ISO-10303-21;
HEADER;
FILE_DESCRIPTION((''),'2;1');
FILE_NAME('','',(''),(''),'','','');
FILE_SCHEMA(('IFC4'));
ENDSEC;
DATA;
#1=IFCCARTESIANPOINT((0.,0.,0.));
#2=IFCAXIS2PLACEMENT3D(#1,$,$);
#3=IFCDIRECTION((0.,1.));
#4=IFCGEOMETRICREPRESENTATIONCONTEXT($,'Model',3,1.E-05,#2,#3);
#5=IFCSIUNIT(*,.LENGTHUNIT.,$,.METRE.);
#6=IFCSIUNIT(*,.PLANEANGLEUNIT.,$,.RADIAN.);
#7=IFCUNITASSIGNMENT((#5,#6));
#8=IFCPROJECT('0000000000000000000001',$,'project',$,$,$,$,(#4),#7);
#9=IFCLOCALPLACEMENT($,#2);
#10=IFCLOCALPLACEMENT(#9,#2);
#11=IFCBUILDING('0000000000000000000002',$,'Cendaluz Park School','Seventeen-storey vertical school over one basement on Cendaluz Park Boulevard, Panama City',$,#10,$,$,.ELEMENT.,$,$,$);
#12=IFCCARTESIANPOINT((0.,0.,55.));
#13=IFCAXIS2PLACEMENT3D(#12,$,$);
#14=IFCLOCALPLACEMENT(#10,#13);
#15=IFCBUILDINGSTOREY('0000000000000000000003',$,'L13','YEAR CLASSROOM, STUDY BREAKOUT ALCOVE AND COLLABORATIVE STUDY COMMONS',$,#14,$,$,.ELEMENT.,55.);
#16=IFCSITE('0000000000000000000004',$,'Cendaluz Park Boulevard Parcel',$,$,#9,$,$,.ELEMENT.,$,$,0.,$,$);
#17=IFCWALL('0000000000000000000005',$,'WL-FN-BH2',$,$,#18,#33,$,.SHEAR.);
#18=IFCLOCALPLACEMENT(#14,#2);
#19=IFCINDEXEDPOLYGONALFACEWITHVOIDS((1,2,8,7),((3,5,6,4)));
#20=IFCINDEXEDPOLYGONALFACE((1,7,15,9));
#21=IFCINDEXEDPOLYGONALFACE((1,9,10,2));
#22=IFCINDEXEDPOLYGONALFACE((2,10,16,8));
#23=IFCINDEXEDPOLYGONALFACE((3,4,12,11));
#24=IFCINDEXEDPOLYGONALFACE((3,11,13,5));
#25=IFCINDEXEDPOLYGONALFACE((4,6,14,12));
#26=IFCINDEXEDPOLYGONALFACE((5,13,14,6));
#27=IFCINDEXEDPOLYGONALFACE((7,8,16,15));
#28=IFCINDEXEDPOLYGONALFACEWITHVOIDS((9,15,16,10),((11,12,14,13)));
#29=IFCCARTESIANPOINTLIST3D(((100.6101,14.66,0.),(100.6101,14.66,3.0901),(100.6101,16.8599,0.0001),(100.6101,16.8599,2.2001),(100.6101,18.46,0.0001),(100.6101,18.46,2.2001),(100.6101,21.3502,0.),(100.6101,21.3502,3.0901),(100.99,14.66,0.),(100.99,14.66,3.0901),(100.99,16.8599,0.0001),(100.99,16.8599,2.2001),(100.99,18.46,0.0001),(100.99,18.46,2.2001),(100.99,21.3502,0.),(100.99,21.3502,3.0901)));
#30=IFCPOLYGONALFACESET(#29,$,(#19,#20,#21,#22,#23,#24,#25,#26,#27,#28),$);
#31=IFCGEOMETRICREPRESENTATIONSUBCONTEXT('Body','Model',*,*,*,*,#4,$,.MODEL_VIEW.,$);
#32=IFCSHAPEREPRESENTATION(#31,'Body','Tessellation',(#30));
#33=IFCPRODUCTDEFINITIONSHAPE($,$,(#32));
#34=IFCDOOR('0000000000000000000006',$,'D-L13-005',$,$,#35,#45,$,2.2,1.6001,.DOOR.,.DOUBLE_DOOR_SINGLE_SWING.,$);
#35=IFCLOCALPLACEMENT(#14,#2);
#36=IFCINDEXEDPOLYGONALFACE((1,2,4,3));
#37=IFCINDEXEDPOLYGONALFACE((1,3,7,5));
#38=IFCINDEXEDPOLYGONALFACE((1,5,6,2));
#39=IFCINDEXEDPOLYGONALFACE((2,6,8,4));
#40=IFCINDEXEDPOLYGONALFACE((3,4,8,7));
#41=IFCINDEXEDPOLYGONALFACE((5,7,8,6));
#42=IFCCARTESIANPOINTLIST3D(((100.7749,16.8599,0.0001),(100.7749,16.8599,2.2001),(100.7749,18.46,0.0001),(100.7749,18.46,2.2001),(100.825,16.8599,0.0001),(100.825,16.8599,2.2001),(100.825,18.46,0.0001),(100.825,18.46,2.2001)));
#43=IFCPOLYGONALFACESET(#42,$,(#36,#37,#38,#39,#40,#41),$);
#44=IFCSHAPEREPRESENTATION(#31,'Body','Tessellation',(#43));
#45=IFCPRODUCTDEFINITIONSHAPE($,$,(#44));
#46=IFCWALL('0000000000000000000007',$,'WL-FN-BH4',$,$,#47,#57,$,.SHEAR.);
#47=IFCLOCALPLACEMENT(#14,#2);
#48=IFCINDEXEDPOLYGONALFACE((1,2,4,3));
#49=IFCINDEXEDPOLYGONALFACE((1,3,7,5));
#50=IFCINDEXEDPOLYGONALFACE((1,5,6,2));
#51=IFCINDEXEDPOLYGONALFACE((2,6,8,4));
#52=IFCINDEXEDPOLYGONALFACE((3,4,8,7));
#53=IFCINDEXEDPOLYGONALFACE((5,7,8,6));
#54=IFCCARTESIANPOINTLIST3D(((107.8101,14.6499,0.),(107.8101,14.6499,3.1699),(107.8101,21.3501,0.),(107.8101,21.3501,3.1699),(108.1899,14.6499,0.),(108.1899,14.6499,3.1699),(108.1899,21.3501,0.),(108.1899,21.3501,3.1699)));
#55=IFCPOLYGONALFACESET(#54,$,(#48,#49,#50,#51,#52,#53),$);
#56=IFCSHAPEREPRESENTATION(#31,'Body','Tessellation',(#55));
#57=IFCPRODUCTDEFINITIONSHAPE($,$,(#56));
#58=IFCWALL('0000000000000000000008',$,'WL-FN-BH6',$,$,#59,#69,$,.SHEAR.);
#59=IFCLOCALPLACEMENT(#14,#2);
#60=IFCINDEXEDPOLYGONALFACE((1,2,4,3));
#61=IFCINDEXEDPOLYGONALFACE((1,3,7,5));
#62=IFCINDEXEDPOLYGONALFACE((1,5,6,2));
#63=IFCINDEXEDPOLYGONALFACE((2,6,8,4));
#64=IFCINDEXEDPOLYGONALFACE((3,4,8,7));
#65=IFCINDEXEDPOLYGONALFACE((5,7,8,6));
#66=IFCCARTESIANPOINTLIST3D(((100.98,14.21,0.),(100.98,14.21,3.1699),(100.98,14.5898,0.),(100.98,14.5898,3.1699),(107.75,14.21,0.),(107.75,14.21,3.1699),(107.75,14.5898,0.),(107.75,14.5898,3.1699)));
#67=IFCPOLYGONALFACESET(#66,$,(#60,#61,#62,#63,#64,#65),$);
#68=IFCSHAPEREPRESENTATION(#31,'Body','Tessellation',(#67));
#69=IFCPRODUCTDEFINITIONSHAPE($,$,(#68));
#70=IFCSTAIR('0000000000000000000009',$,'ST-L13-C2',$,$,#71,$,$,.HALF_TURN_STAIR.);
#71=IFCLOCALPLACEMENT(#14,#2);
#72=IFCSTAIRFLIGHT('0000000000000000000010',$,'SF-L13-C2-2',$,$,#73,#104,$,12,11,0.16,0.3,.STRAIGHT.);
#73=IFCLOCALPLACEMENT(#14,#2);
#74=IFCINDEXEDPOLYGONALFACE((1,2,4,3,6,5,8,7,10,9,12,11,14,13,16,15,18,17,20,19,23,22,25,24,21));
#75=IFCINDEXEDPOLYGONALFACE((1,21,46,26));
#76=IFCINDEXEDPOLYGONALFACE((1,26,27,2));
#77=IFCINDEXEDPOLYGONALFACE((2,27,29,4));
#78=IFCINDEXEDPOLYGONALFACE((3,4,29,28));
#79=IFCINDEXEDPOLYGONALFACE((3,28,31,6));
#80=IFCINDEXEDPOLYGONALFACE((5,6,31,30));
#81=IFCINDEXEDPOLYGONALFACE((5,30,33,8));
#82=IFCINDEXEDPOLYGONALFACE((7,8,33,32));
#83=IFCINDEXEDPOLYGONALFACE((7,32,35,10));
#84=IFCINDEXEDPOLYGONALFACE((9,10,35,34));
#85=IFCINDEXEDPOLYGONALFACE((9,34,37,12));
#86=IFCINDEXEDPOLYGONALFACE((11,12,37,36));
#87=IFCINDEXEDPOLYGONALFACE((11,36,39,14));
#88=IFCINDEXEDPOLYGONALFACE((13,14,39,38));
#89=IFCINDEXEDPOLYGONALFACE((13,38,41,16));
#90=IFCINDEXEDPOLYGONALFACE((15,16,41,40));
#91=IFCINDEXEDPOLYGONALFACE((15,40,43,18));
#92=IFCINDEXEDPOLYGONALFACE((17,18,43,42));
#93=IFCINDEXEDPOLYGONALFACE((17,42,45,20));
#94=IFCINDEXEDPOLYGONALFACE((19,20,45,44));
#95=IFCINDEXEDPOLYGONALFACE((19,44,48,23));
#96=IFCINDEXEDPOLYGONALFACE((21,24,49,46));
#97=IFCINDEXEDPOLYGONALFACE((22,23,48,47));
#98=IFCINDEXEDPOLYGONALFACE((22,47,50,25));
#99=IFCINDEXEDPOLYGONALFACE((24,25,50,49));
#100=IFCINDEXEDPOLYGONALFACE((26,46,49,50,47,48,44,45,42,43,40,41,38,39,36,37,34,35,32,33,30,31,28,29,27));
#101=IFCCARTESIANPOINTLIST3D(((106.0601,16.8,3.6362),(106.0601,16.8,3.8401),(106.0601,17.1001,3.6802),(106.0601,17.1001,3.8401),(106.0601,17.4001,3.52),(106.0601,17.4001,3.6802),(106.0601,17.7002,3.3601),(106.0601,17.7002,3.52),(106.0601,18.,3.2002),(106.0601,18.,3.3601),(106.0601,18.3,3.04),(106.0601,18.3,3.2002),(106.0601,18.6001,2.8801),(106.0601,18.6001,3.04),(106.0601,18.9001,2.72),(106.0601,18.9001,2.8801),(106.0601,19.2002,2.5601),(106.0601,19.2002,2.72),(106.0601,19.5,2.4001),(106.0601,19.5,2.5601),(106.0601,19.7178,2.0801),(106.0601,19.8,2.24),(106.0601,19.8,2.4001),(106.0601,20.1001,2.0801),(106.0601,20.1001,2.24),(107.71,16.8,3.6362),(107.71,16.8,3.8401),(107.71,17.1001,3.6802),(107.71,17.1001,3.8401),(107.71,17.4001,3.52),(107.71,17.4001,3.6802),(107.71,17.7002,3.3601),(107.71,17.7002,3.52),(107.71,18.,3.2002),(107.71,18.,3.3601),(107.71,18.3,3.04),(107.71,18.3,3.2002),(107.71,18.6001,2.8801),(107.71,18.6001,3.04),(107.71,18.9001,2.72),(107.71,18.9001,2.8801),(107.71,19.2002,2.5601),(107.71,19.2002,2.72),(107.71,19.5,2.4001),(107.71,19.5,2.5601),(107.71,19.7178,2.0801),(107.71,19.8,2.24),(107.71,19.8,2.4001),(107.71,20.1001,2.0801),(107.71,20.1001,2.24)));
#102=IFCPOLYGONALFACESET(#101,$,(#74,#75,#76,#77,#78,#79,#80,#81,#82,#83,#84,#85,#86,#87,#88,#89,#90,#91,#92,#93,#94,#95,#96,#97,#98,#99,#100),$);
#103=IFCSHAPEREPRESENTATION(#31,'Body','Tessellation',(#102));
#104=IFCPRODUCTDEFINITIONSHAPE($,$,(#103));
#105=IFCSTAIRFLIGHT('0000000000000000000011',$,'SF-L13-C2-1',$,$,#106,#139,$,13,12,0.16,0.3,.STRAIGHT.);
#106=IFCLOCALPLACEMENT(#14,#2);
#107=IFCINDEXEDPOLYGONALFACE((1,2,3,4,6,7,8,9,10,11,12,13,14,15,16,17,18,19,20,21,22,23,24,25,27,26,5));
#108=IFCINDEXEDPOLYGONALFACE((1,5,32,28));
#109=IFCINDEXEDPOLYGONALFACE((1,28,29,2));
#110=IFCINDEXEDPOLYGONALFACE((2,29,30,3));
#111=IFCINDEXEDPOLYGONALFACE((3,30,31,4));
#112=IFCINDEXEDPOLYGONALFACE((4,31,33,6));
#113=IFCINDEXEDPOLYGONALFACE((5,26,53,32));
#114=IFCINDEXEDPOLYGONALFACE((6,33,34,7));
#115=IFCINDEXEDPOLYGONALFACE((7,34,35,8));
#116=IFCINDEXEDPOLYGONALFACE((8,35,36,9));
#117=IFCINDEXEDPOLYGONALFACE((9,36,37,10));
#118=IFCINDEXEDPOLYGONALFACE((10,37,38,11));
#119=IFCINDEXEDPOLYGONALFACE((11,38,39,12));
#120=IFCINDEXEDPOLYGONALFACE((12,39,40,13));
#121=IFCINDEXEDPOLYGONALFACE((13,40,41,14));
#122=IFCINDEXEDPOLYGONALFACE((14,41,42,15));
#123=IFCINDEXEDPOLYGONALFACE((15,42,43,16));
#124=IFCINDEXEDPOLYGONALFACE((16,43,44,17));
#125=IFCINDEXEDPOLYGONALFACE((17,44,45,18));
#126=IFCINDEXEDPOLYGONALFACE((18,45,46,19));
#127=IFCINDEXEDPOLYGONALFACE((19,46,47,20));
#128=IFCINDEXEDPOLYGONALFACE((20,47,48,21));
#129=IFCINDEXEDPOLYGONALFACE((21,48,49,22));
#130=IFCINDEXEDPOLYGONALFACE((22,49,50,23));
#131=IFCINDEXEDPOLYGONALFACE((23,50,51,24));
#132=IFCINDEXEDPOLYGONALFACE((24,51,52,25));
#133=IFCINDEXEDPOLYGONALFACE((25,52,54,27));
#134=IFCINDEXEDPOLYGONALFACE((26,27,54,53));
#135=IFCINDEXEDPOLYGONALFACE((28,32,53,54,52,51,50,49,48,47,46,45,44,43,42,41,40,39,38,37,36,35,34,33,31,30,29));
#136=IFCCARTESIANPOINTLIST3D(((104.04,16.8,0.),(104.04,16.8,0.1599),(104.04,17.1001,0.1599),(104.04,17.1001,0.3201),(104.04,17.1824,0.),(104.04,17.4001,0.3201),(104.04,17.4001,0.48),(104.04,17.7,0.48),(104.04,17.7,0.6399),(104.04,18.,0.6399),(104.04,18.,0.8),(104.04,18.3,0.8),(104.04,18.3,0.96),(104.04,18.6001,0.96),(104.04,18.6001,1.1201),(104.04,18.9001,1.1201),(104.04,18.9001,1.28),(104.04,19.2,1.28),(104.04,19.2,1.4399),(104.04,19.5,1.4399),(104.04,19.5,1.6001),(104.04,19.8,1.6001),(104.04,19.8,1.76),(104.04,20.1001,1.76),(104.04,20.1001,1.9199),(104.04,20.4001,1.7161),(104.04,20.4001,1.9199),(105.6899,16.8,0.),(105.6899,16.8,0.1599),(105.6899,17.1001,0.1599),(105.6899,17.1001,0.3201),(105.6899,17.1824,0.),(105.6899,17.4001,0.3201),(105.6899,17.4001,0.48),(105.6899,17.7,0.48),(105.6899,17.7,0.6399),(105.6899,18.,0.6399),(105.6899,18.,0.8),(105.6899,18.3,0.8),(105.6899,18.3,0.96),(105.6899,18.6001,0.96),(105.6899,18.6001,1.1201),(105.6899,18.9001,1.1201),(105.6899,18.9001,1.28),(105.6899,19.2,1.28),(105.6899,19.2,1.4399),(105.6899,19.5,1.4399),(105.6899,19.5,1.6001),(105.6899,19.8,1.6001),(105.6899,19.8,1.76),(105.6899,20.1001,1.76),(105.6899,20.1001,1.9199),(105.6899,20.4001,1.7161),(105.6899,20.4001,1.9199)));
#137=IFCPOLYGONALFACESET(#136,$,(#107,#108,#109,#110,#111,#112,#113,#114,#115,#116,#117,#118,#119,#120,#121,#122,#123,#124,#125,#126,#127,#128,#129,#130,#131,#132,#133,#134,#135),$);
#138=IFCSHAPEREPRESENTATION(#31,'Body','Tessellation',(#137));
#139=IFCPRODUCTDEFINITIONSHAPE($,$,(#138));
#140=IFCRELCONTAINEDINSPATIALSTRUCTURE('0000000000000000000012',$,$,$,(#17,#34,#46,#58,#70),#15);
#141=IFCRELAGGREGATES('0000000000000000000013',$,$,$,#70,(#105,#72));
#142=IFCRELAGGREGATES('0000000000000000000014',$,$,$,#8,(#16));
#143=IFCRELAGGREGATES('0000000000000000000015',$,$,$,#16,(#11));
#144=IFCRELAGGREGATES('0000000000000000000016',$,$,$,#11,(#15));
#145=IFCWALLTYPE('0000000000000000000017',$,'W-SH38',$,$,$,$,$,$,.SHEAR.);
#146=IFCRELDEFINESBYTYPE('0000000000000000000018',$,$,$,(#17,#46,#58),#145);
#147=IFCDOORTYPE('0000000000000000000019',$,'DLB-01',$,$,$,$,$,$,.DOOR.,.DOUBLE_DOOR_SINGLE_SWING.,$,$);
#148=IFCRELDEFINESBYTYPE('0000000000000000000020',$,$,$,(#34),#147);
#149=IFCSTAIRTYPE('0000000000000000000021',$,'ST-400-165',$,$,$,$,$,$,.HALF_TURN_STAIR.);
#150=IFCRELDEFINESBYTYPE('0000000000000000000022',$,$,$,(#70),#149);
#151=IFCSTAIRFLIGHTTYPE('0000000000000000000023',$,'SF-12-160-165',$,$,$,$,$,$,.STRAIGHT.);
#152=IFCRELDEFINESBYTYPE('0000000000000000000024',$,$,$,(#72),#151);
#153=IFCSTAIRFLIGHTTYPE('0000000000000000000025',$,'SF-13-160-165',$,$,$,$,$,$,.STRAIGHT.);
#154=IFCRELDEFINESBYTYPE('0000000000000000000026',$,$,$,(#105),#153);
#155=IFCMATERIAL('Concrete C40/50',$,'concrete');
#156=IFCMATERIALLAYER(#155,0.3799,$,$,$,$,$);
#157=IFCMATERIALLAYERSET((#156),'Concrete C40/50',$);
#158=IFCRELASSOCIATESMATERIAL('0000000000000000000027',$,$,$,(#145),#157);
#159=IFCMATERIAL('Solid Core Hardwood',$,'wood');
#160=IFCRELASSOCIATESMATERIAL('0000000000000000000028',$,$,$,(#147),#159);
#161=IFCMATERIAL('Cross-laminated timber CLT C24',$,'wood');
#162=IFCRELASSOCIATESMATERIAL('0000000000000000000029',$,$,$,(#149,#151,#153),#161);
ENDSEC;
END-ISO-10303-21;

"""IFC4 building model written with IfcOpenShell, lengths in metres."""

from ifc_helpers import new_model, si_unit, direction, frame, frame_2d, origin, place, context, subcontext, project, spatial, polyline, rectangle, outline, extrude, material, layer, layer_set, type_object, element, fill, aggregate, save


model = new_model("IFC4")

# Units and contexts
model_context = context("Model", 3, precision=1e-05, world=origin(), true_north=direction((0.0, 1.0)))
body_context = subcontext(model_context, "Body", "Model", "MODEL_VIEW")
ifc_project = project(units=[si_unit("LENGTHUNIT", "METRE"), si_unit("PLANEANGLEUNIT", "RADIAN")], contexts=[model_context])

# Site, building, storey
site_placement = place(None, origin())
site = spatial("IfcSite", under=ifc_project, at=site_placement, Name="Cendaluz Park Boulevard Parcel", CompositionType="ELEMENT", RefElevation=0.0)
building_placement = place(site_placement, origin())
building = spatial("IfcBuilding", under=site, at=building_placement, Name="Cendaluz Park School", Description="Seventeen-storey vertical school over one basement on Cendaluz Park Boulevard, Panama City", CompositionType="ELEMENT")
storey_placement = place(building_placement, frame((0.0, 0.0, 55.0)))
storey = spatial("IfcBuildingStorey", under=building, at=storey_placement, Name="L13", Description="YEAR CLASSROOM, STUDY BREAKOUT ALCOVE AND COLLABORATIVE STUDY COMMONS", CompositionType="ELEMENT", Elevation=55.0)

# Shared definitions
ifc_material_1 = material(Name="Concrete C40/50", Category="concrete")
ifc_material_2 = material(Name="Solid Core Hardwood", Category="wood")

# Wall, opening, door
ifc_layer_1 = layer(ifc_material_1, 0.3799)
ifc_layer_set_1 = layer_set([ifc_layer_1], Name="Concrete C40/50")
wall_type_1 = type_object("IfcWallType", Name="W-SH38", PredefinedType="SHEAR", material=ifc_layer_set_1)
wall_1_placement = place(storey_placement, frame((100.8, 14.6599, 0.0), z_axis=(0.0, 0.0, 1.0), x_axis=(0.0, 1.0, 0.0)))
wall_1 = element("IfcWall", 1, at=wall_1_placement, inside=storey, type_object=wall_type_1, Name="WL-FN-BH2", PredefinedType="SHEAR", context=body_context, shape_type="SweptSolid", body=[
    extrude(rectangle(XDim=6.6902, YDim=0.3799, at=frame_2d((3.3452, 0.0))), origin(), (0.0, 0.0, 1.0), 3.0901),
])
opening_1_placement = place(wall_1_placement, frame((2.2, 0.0, 0.0)))
opening_1 = element("IfcOpeningElement", 2, at=opening_1_placement, cuts=wall_1, PredefinedType="OPENING", context=body_context, shape_type="SweptSolid", body=[
    extrude(rectangle(XDim=1.6001, YDim=2.2, at=frame_2d((0.8, 1.1001))), frame((0.0, 0.2019, 0.0), z_axis=(0.0, -1.0, 0.0), x_axis=(1.0, 0.0, 0.0)), (0.0, 0.0, 1.0), 0.4038),
])
door_type_1 = type_object("IfcDoorType", Name="DLB-01", OperationType="DOUBLE_DOOR_SINGLE_SWING", PredefinedType="DOOR", material=ifc_material_2)
door_1_placement = place(opening_1_placement, frame((1.6001, 0.0, 0.0), z_axis=(0.0, 0.0, 1.0), x_axis=(-1.0, 0.0, 0.0)))
door_1 = element("IfcDoor", 3, at=door_1_placement, inside=storey, type_object=door_type_1, Name="D-L13-005", OperationType="DOUBLE_DOOR_SINGLE_SWING", OverallHeight=2.2, OverallWidth=1.6001, PredefinedType="DOOR", context=body_context, shape_type="SweptSolid", body=[
    extrude(rectangle(XDim=1.6001, YDim=2.2, at=frame_2d((0.8, 1.1001))), frame((0.0, 0.0249, 0.0), z_axis=(0.0, -1.0, 0.0), x_axis=(1.0, 0.0, 0.0)), (0.0, 0.0, 1.0), 0.05),
])
fill(opening_1, door_1)

# Walls
wall_2_placement = place(storey_placement, frame((108.0, 14.6499, 0.0), z_axis=(0.0, 0.0, 1.0), x_axis=(0.0, 1.0, 0.0)))
element("IfcWall", 4, at=wall_2_placement, inside=storey, type_object=wall_type_1, Name="WL-FN-BH4", PredefinedType="SHEAR", context=body_context, shape_type="SweptSolid", body=[
    extrude(rectangle(XDim=6.7002, YDim=0.3799, at=frame_2d((3.3501, 0.0))), origin(), (0.0, 0.0, 1.0), 3.1699),
])
wall_3_placement = place(storey_placement, frame((100.98, 14.3999, 0.0), z_axis=(0.0, 0.0, 1.0), x_axis=(1.0, 0.0, 0.0)))
element("IfcWall", 5, at=wall_3_placement, inside=storey, type_object=wall_type_1, Name="WL-FN-BH6", PredefinedType="SHEAR", context=body_context, shape_type="SweptSolid", body=[
    extrude(rectangle(XDim=6.77, YDim=0.3799, at=frame_2d((3.385, 0.0))), origin(), (0.0, 0.0, 1.0), 3.1699),
])

# Stair, stair flights
ifc_material_3 = material(Name="Cross-laminated timber CLT C24", Category="wood")
stair_type = type_object("IfcStairType", Name="ST-400-165", PredefinedType="HALF_TURN_STAIR", material=ifc_material_3)
stair_placement = place(storey_placement, origin())
stair = element("IfcStair", 6, at=stair_placement, inside=storey, type_object=stair_type, Name="ST-L13-C2", PredefinedType="HALF_TURN_STAIR")
stair_flight_type_1 = type_object("IfcStairFlightType", Name="SF-12-160-165", PredefinedType="STRAIGHT", material=ifc_material_3)
stair_flight_1_placement = place(storey_placement, frame((106.885, 20.1001, 2.0801), z_axis=(0.0, 0.0, 1.0), x_axis=(0.0, -1.0, 0.0)))
stair_flight_1 = element("IfcStairFlight", 7, at=stair_flight_1_placement, type_object=stair_flight_type_1, Name="SF-L13-C2-2", NumberOfRisers=12, NumberOfTreads=11, PredefinedType="STRAIGHT", RiserHeight=0.16, TreadLength=0.3, context=body_context, shape_type="SweptSolid", body=[
    extrude(outline(polyline([(0.0, 0.0), (0.0, 0.1599), (0.3, 0.1599), (0.3, 0.3201), (0.6001, 0.3201), (0.6001, 0.48), (0.8999, 0.48), (0.8999, 0.6399), (1.2, 0.6399), (1.2, 0.8), (1.5, 0.8), (1.5, 0.96), (1.8, 0.96), (1.8, 1.1201), (2.1001, 1.1201), (2.1001, 1.28), (2.3999, 1.28), (2.3999, 1.4399), (2.7, 1.4399), (2.7, 1.6001), (3.0, 1.6001), (3.0, 1.76), (3.3, 1.76), (3.3, 1.9199), (3.3, 1.5562), (0.3823, 0.0), (0.0, 0.0)])), frame((0.0, 0.825, 0.0), z_axis=(0.0, -1.0, 0.0), x_axis=(1.0, 0.0, 0.0)), (0.0, 0.0, 1.0), 1.6499),
])
stair_flight_type_2 = type_object("IfcStairFlightType", Name="SF-13-160-165", PredefinedType="STRAIGHT", material=ifc_material_3)
stair_flight_2_placement = place(storey_placement, frame((104.865, 16.8, 0.0), z_axis=(0.0, 0.0, 1.0), x_axis=(0.0, 1.0, 0.0)))
stair_flight_2 = element("IfcStairFlight", 8, at=stair_flight_2_placement, type_object=stair_flight_type_2, Name="SF-L13-C2-1", NumberOfRisers=13, NumberOfTreads=12, PredefinedType="STRAIGHT", RiserHeight=0.16, TreadLength=0.3, context=body_context, shape_type="SweptSolid", body=[
    extrude(outline(polyline([(0.0, 0.0), (0.0, 0.1599), (0.3, 0.1599), (0.3, 0.3201), (0.6001, 0.3201), (0.6001, 0.48), (0.8999, 0.48), (0.8999, 0.6399), (1.2, 0.6399), (1.2, 0.8), (1.5, 0.8), (1.5, 0.96), (1.8, 0.96), (1.8, 1.1201), (2.1001, 1.1201), (2.1001, 1.28), (2.3999, 1.28), (2.3999, 1.4399), (2.7, 1.4399), (2.7, 1.6001), (3.0, 1.6001), (3.0, 1.76), (3.3, 1.76), (3.3, 1.9199), (3.6001, 1.9199), (3.6001, 2.0801), (3.6001, 1.7161), (0.3823, 0.0), (0.0, 0.0)])), frame((0.0, 0.825, 0.0), z_axis=(0.0, -1.0, 0.0), x_axis=(1.0, 0.0, 0.0)), (0.0, 0.0, 1.0), 1.6499),
])
aggregate(stair, [stair_flight_2, stair_flight_1])

save(model, "model.ifc")
